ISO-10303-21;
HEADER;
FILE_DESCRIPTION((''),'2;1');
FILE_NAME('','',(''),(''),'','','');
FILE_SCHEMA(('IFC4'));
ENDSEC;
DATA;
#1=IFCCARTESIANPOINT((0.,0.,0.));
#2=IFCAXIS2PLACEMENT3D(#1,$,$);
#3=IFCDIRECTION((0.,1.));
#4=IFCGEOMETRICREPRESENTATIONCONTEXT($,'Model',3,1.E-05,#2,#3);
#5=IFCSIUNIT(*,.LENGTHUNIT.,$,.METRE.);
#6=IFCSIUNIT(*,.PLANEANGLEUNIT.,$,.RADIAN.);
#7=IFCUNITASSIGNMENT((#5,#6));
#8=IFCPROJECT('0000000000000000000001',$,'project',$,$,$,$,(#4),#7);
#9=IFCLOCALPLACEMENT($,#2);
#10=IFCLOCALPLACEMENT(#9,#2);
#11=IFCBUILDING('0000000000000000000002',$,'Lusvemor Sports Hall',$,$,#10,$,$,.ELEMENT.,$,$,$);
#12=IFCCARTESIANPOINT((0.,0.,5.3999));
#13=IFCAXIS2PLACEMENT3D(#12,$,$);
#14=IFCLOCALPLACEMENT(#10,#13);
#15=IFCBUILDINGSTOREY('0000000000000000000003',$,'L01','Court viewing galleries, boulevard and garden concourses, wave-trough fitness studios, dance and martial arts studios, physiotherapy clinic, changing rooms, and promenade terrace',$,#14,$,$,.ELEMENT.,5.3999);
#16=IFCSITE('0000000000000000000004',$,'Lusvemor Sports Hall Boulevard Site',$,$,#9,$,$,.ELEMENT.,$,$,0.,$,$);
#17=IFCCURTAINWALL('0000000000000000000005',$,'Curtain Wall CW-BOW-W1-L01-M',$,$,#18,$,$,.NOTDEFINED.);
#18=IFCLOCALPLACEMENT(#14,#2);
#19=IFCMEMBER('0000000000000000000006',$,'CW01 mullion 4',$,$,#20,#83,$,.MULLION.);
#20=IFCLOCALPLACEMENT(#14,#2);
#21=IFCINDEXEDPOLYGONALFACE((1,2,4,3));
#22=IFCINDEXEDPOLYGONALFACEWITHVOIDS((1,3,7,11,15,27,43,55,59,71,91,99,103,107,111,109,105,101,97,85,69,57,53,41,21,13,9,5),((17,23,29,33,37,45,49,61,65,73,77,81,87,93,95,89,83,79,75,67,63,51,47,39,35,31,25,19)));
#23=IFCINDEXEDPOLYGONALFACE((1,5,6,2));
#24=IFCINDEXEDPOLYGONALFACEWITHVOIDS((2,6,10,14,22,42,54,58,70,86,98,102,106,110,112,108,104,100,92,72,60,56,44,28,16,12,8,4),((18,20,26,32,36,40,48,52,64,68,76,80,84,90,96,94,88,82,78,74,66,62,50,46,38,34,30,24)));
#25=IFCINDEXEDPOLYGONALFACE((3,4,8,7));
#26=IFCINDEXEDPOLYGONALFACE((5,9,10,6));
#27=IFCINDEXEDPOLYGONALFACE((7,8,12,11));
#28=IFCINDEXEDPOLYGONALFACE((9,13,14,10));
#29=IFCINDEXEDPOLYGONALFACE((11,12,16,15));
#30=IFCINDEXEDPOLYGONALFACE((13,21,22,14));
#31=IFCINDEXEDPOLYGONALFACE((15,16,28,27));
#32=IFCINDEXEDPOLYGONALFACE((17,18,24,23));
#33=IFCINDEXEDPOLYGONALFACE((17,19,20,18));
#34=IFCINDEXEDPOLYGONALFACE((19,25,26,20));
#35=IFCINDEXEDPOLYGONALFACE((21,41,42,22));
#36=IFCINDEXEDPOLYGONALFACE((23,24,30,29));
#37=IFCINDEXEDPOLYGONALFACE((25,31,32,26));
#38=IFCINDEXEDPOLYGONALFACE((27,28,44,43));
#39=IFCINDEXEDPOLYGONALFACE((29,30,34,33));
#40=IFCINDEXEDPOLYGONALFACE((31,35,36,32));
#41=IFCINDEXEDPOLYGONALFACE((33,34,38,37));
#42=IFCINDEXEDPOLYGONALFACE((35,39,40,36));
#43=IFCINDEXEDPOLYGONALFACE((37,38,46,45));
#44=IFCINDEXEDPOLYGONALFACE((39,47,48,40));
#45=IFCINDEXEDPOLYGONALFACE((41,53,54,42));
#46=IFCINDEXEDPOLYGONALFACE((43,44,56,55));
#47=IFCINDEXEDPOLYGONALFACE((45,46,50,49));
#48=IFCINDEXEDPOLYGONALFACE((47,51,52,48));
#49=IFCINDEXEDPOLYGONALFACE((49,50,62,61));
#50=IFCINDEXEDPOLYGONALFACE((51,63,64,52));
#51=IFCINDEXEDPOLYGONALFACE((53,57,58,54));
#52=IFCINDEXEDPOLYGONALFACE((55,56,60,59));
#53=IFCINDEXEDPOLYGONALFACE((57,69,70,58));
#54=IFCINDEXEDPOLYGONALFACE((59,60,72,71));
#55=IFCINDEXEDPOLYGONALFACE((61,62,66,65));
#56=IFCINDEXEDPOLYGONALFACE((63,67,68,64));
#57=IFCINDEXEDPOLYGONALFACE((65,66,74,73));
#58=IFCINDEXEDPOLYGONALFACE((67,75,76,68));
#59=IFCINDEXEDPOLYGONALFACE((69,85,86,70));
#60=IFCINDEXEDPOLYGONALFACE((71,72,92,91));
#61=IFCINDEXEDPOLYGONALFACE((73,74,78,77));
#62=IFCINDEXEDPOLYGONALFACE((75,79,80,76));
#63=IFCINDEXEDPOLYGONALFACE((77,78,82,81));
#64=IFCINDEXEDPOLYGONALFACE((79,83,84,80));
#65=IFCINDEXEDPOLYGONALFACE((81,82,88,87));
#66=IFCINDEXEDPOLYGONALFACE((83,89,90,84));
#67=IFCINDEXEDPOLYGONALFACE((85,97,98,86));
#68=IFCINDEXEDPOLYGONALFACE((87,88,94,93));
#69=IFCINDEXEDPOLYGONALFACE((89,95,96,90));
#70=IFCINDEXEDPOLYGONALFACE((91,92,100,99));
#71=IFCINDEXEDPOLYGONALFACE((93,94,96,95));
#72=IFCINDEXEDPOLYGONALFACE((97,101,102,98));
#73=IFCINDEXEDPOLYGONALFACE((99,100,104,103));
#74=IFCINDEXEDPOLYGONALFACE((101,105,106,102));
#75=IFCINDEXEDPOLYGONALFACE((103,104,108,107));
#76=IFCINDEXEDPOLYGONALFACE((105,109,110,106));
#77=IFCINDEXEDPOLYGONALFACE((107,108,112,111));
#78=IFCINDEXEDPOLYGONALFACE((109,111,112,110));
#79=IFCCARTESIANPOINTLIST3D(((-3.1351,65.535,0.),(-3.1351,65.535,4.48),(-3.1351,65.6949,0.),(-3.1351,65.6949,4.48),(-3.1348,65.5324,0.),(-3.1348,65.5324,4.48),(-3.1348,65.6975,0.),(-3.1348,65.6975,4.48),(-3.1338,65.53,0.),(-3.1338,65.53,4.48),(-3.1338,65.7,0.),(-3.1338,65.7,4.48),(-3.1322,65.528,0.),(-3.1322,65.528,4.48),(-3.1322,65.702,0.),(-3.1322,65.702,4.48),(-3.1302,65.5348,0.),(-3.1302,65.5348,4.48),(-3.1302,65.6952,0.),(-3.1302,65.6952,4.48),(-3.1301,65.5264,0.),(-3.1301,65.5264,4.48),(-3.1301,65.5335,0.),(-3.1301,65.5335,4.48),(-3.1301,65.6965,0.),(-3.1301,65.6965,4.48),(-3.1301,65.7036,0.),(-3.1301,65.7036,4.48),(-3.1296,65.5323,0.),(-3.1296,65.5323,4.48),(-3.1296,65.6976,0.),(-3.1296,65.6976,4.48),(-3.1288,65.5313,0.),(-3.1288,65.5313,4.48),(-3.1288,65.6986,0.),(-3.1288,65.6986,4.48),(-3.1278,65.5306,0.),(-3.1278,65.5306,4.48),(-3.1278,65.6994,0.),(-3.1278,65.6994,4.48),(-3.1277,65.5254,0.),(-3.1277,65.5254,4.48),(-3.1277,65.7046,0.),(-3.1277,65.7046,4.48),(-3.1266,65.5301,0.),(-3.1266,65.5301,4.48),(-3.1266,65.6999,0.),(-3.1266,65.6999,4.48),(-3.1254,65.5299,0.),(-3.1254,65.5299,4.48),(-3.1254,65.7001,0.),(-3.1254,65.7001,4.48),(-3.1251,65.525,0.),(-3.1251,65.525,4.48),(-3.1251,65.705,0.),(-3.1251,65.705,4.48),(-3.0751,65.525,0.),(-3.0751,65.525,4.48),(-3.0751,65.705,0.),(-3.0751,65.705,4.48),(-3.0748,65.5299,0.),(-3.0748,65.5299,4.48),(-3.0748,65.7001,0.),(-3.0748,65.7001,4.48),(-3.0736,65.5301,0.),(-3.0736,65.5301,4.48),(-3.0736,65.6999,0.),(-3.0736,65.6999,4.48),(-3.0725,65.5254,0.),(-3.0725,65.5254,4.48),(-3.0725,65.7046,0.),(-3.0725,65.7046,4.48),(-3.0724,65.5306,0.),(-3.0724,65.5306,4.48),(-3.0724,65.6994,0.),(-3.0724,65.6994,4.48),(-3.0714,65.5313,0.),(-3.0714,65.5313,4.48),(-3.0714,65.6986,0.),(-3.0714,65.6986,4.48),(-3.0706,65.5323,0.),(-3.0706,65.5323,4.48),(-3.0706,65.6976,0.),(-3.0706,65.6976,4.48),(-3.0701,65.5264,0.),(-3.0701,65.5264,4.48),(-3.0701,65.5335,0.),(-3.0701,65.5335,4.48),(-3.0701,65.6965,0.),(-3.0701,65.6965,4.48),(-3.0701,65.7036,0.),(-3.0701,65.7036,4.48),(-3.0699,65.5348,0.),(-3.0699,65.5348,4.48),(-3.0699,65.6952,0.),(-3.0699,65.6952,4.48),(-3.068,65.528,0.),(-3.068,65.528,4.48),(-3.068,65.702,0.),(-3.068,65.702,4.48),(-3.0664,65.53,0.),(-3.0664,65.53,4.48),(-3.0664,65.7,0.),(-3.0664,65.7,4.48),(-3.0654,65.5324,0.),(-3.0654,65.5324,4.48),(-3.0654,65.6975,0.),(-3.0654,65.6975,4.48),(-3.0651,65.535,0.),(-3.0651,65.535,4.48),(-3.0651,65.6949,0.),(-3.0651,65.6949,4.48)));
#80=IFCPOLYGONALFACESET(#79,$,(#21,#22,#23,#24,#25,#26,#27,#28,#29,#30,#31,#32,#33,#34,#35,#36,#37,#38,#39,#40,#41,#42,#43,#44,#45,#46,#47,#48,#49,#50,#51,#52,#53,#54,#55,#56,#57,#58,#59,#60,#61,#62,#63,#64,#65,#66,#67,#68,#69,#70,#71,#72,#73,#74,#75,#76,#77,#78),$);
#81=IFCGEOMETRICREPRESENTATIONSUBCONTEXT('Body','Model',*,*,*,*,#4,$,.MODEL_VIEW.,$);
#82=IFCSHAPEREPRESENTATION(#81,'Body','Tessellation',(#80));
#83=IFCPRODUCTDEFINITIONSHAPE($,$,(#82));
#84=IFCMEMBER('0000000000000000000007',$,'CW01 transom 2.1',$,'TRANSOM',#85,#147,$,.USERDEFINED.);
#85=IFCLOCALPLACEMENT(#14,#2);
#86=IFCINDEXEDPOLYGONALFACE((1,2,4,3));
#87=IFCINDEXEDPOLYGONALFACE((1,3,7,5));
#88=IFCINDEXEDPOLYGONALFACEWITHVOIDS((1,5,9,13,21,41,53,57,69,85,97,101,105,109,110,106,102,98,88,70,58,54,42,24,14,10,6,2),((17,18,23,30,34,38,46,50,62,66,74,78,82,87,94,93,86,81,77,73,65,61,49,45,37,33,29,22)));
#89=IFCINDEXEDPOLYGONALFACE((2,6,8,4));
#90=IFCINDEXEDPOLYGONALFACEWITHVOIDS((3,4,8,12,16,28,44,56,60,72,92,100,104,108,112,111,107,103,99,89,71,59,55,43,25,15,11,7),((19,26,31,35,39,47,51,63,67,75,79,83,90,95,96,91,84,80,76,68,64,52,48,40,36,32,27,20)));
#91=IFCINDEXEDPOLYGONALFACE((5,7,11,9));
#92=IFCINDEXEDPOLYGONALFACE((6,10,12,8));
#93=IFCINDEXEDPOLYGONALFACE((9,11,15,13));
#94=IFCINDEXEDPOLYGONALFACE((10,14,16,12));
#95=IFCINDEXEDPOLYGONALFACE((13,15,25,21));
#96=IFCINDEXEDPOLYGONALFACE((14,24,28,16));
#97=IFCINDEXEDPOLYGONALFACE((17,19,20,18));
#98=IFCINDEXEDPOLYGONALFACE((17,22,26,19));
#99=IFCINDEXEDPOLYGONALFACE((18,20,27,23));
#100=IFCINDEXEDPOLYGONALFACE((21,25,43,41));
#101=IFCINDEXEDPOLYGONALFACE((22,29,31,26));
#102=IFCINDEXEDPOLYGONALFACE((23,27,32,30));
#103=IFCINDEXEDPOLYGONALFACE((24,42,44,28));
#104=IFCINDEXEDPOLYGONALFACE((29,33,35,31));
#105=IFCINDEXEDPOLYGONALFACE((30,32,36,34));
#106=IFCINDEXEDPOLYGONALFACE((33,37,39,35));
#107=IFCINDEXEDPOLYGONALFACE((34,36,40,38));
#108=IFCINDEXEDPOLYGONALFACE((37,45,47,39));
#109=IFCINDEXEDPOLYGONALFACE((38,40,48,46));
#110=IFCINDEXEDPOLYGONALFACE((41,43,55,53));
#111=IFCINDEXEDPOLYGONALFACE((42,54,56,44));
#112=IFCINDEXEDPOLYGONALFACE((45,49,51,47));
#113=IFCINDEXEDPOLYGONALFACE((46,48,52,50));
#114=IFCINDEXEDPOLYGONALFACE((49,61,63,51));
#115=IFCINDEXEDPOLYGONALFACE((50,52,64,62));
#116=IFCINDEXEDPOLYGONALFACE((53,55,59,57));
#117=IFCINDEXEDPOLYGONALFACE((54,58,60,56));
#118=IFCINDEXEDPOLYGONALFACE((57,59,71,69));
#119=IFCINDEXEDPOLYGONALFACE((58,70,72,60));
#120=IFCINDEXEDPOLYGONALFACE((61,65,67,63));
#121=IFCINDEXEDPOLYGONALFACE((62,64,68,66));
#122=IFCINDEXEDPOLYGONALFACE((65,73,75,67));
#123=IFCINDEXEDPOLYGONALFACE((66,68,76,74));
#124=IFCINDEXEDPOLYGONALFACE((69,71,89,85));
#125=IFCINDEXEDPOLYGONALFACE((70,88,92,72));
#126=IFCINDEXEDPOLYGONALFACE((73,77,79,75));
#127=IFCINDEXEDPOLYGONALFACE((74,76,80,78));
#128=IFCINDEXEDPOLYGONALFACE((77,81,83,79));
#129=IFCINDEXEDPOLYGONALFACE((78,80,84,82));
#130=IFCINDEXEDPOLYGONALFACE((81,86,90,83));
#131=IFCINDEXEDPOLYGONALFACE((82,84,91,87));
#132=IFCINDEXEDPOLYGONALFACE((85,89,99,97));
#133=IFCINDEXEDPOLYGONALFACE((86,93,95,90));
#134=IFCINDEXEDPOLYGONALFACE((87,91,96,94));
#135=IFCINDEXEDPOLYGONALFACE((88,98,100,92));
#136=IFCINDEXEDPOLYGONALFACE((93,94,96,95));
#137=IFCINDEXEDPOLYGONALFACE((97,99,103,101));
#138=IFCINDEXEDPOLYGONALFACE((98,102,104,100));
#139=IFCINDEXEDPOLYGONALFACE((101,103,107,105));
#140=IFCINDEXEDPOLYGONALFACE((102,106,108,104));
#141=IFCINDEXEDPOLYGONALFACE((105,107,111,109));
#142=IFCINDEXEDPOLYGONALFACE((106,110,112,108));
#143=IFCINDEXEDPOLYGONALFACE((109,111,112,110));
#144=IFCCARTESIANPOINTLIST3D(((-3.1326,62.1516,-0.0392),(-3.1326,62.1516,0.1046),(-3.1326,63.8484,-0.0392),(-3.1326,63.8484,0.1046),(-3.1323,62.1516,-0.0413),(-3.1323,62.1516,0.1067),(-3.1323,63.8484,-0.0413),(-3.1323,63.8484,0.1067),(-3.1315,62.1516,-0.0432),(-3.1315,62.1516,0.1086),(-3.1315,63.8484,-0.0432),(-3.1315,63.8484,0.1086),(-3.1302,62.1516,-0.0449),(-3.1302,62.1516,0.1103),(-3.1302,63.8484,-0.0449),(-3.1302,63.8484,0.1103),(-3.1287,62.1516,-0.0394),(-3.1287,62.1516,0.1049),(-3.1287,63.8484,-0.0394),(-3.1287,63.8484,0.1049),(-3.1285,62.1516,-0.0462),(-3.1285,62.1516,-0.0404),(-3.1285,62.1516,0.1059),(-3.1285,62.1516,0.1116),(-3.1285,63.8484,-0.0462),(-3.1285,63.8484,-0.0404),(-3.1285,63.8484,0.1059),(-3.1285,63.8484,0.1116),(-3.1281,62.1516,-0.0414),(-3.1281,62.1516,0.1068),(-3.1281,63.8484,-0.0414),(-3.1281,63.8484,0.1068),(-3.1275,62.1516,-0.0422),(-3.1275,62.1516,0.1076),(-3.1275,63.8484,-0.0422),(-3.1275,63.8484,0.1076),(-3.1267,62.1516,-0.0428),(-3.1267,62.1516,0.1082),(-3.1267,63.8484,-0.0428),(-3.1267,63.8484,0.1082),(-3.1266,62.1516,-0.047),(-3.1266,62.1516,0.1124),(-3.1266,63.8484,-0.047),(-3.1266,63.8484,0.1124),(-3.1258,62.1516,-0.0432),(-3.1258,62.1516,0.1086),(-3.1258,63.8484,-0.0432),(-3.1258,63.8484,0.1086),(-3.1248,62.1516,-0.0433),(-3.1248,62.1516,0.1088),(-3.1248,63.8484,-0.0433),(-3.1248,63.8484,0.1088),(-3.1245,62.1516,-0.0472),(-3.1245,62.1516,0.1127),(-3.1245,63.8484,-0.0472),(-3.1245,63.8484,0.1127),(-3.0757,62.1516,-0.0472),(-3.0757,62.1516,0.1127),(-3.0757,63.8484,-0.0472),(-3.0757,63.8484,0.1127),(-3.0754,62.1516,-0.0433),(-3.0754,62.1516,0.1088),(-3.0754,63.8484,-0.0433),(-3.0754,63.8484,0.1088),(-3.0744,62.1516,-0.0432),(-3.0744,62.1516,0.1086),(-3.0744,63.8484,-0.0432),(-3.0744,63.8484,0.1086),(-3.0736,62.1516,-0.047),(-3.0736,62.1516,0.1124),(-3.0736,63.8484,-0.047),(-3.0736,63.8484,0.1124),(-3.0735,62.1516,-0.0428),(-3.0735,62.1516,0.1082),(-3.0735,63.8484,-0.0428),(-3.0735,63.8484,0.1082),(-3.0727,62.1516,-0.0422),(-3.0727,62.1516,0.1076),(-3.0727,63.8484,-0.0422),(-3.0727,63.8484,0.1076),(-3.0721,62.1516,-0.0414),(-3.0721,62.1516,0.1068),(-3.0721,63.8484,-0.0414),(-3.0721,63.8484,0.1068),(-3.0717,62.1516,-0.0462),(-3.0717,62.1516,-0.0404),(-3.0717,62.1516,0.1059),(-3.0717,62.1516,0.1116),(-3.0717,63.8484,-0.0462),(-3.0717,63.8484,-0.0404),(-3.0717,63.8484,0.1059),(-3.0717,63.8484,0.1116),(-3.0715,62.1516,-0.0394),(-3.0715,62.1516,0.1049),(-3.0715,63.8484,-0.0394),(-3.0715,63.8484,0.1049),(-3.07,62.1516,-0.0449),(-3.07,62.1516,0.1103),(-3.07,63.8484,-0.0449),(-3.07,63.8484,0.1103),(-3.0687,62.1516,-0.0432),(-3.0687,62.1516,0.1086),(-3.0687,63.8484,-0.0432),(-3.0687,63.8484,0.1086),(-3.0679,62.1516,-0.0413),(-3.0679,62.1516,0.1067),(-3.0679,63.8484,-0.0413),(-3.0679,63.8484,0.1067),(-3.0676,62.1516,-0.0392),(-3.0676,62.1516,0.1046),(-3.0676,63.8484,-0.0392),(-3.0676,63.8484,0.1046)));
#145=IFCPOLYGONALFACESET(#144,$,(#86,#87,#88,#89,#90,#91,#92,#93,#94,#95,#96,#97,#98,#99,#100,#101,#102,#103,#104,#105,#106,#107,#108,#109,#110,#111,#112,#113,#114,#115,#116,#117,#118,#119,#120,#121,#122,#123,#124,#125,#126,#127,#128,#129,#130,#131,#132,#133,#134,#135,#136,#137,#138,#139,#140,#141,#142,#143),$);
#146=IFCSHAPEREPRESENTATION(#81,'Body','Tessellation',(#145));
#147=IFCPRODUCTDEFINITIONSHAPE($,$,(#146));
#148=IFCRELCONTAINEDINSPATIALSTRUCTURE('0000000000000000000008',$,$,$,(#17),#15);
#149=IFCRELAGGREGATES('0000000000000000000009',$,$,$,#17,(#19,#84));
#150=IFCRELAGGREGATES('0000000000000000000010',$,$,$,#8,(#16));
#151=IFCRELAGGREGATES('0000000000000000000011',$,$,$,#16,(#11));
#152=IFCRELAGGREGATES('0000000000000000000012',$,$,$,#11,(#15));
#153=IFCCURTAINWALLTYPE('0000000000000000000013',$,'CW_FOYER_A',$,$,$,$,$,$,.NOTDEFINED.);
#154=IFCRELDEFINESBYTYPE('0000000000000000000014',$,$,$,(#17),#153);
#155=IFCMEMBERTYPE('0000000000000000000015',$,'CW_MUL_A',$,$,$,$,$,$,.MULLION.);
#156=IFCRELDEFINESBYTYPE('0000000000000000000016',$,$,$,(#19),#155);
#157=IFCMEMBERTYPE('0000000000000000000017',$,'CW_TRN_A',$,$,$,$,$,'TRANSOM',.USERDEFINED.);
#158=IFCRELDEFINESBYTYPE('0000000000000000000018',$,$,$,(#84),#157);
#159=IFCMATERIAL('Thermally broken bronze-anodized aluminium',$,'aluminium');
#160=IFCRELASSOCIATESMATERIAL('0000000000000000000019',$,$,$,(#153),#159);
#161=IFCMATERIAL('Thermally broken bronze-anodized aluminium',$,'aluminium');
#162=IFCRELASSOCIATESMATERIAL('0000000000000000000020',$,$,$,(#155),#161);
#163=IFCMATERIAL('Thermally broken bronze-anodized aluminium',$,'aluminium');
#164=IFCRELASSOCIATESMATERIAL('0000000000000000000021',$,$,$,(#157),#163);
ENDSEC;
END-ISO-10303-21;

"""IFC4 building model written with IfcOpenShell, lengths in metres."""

from ifc_helpers import new_model, si_unit, direction, frame, origin, origin_2d, place, context, subcontext, project, spatial, hollow_rectangle, extrude, material, material_profile, profile_set, type_object, element, aggregate, save


model = new_model("IFC4")

# Units and contexts
model_context = context("Model", 3, precision=1e-05, world=origin(), true_north=direction((0.0, 1.0)))
body_context = subcontext(model_context, "Body", "Model", "MODEL_VIEW")
ifc_project = project(units=[si_unit("LENGTHUNIT", "METRE"), si_unit("PLANEANGLEUNIT", "RADIAN")], contexts=[model_context])

# Site, building, storey
site_placement = place(None, origin())
site = spatial("IfcSite", under=ifc_project, at=site_placement, Name="Lusvemor Sports Hall Boulevard Site", CompositionType="ELEMENT", RefElevation=0.0)
building_placement = place(site_placement, origin())
building = spatial("IfcBuilding", under=site, at=building_placement, Name="Lusvemor Sports Hall", CompositionType="ELEMENT")
storey_placement = place(building_placement, frame((0.0, 0.0, 5.3999)))
storey = spatial("IfcBuildingStorey", under=building, at=storey_placement, Name="L01", Description="Court viewing galleries, boulevard and garden concourses, wave-trough fitness studios, dance and martial arts studios, physiotherapy clinic, changing rooms, and promenade terrace", CompositionType="ELEMENT", Elevation=5.3999)

# Curtain wall, members
ifc_material_1 = material(Name="Thermally broken bronze-anodized aluminium", Category="aluminium")
curtain_wall_type = type_object("IfcCurtainWallType", Name="CW_FOYER_A", PredefinedType="NOTDEFINED", material=ifc_material_1)
curtain_wall_placement = place(storey_placement, origin())
curtain_wall = element("IfcCurtainWall", 1, at=curtain_wall_placement, inside=storey, type_object=curtain_wall_type, Name="Curtain Wall CW-BOW-W1-L01-M", PredefinedType="NOTDEFINED")
ifc_material_2 = material(Name="Thermally broken bronze-anodized aluminium", Category="aluminium")
ifc_material_profile_1 = material_profile(ifc_material_2, hollow_rectangle(XDim=0.0701, YDim=0.1799, WallThickness=0.0049, InnerFilletRadius=0.0049, OuterFilletRadius=0.01, at=origin_2d()), Name="CWMUL180x70x5")
ifc_profile_set_1 = profile_set([ifc_material_profile_1], Name="Thermally broken bronze-anodized aluminium")
member_type_1 = type_object("IfcMemberType", Name="CW_MUL_A", PredefinedType="MULLION", material=ifc_profile_set_1)
member_1_placement = place(storey_placement, frame((-3.1001, 65.615, 0.0), z_axis=(0.0, 0.0, 1.0), x_axis=(-1.0, 0.0, 0.0)))
member_1 = element("IfcMember", 2, at=member_1_placement, type_object=member_type_1, Name="CW01 mullion 4", PredefinedType="MULLION", context=body_context, shape_type="SweptSolid", body=[
    extrude(hollow_rectangle(XDim=0.0701, YDim=0.1799, WallThickness=0.0049, InnerFilletRadius=0.0049, OuterFilletRadius=0.01, at=origin_2d()), origin(), (0.0, 0.0, 1.0), 4.48),
])
ifc_material_3 = material(Name="Thermally broken bronze-anodized aluminium", Category="aluminium")
ifc_material_profile_2 = material_profile(ifc_material_3, hollow_rectangle(XDim=0.0649, YDim=0.1599, WallThickness=0.0039, InnerFilletRadius=0.0039, OuterFilletRadius=0.0081, at=origin_2d()), Name="CWTRN160x65x4")
ifc_profile_set_2 = profile_set([ifc_material_profile_2], Name="Thermally broken bronze-anodized aluminium")
member_type_2 = type_object("IfcMemberType", Name="CW_TRN_A", ElementType="TRANSOM", PredefinedType="USERDEFINED", material=ifc_profile_set_2)
member_2_placement = place(storey_placement, frame((-3.1001, 62.1516, 0.0327), z_axis=(0.0, 1.0, 0.0), x_axis=(-1.0, 0.0, 0.0)))
member_2 = element("IfcMember", 3, at=member_2_placement, type_object=member_type_2, Name="CW01 transom 2.1", ObjectType="TRANSOM", PredefinedType="USERDEFINED", context=body_context, shape_type="SweptSolid", body=[
    extrude(hollow_rectangle(XDim=0.0649, YDim=0.1599, WallThickness=0.0039, InnerFilletRadius=0.0039, OuterFilletRadius=0.0081, at=origin_2d()), origin(), (0.0, 0.0, 1.0), 1.6968),
])

aggregate(curtain_wall, [member_1, member_2])

save(model, "model.ifc")
